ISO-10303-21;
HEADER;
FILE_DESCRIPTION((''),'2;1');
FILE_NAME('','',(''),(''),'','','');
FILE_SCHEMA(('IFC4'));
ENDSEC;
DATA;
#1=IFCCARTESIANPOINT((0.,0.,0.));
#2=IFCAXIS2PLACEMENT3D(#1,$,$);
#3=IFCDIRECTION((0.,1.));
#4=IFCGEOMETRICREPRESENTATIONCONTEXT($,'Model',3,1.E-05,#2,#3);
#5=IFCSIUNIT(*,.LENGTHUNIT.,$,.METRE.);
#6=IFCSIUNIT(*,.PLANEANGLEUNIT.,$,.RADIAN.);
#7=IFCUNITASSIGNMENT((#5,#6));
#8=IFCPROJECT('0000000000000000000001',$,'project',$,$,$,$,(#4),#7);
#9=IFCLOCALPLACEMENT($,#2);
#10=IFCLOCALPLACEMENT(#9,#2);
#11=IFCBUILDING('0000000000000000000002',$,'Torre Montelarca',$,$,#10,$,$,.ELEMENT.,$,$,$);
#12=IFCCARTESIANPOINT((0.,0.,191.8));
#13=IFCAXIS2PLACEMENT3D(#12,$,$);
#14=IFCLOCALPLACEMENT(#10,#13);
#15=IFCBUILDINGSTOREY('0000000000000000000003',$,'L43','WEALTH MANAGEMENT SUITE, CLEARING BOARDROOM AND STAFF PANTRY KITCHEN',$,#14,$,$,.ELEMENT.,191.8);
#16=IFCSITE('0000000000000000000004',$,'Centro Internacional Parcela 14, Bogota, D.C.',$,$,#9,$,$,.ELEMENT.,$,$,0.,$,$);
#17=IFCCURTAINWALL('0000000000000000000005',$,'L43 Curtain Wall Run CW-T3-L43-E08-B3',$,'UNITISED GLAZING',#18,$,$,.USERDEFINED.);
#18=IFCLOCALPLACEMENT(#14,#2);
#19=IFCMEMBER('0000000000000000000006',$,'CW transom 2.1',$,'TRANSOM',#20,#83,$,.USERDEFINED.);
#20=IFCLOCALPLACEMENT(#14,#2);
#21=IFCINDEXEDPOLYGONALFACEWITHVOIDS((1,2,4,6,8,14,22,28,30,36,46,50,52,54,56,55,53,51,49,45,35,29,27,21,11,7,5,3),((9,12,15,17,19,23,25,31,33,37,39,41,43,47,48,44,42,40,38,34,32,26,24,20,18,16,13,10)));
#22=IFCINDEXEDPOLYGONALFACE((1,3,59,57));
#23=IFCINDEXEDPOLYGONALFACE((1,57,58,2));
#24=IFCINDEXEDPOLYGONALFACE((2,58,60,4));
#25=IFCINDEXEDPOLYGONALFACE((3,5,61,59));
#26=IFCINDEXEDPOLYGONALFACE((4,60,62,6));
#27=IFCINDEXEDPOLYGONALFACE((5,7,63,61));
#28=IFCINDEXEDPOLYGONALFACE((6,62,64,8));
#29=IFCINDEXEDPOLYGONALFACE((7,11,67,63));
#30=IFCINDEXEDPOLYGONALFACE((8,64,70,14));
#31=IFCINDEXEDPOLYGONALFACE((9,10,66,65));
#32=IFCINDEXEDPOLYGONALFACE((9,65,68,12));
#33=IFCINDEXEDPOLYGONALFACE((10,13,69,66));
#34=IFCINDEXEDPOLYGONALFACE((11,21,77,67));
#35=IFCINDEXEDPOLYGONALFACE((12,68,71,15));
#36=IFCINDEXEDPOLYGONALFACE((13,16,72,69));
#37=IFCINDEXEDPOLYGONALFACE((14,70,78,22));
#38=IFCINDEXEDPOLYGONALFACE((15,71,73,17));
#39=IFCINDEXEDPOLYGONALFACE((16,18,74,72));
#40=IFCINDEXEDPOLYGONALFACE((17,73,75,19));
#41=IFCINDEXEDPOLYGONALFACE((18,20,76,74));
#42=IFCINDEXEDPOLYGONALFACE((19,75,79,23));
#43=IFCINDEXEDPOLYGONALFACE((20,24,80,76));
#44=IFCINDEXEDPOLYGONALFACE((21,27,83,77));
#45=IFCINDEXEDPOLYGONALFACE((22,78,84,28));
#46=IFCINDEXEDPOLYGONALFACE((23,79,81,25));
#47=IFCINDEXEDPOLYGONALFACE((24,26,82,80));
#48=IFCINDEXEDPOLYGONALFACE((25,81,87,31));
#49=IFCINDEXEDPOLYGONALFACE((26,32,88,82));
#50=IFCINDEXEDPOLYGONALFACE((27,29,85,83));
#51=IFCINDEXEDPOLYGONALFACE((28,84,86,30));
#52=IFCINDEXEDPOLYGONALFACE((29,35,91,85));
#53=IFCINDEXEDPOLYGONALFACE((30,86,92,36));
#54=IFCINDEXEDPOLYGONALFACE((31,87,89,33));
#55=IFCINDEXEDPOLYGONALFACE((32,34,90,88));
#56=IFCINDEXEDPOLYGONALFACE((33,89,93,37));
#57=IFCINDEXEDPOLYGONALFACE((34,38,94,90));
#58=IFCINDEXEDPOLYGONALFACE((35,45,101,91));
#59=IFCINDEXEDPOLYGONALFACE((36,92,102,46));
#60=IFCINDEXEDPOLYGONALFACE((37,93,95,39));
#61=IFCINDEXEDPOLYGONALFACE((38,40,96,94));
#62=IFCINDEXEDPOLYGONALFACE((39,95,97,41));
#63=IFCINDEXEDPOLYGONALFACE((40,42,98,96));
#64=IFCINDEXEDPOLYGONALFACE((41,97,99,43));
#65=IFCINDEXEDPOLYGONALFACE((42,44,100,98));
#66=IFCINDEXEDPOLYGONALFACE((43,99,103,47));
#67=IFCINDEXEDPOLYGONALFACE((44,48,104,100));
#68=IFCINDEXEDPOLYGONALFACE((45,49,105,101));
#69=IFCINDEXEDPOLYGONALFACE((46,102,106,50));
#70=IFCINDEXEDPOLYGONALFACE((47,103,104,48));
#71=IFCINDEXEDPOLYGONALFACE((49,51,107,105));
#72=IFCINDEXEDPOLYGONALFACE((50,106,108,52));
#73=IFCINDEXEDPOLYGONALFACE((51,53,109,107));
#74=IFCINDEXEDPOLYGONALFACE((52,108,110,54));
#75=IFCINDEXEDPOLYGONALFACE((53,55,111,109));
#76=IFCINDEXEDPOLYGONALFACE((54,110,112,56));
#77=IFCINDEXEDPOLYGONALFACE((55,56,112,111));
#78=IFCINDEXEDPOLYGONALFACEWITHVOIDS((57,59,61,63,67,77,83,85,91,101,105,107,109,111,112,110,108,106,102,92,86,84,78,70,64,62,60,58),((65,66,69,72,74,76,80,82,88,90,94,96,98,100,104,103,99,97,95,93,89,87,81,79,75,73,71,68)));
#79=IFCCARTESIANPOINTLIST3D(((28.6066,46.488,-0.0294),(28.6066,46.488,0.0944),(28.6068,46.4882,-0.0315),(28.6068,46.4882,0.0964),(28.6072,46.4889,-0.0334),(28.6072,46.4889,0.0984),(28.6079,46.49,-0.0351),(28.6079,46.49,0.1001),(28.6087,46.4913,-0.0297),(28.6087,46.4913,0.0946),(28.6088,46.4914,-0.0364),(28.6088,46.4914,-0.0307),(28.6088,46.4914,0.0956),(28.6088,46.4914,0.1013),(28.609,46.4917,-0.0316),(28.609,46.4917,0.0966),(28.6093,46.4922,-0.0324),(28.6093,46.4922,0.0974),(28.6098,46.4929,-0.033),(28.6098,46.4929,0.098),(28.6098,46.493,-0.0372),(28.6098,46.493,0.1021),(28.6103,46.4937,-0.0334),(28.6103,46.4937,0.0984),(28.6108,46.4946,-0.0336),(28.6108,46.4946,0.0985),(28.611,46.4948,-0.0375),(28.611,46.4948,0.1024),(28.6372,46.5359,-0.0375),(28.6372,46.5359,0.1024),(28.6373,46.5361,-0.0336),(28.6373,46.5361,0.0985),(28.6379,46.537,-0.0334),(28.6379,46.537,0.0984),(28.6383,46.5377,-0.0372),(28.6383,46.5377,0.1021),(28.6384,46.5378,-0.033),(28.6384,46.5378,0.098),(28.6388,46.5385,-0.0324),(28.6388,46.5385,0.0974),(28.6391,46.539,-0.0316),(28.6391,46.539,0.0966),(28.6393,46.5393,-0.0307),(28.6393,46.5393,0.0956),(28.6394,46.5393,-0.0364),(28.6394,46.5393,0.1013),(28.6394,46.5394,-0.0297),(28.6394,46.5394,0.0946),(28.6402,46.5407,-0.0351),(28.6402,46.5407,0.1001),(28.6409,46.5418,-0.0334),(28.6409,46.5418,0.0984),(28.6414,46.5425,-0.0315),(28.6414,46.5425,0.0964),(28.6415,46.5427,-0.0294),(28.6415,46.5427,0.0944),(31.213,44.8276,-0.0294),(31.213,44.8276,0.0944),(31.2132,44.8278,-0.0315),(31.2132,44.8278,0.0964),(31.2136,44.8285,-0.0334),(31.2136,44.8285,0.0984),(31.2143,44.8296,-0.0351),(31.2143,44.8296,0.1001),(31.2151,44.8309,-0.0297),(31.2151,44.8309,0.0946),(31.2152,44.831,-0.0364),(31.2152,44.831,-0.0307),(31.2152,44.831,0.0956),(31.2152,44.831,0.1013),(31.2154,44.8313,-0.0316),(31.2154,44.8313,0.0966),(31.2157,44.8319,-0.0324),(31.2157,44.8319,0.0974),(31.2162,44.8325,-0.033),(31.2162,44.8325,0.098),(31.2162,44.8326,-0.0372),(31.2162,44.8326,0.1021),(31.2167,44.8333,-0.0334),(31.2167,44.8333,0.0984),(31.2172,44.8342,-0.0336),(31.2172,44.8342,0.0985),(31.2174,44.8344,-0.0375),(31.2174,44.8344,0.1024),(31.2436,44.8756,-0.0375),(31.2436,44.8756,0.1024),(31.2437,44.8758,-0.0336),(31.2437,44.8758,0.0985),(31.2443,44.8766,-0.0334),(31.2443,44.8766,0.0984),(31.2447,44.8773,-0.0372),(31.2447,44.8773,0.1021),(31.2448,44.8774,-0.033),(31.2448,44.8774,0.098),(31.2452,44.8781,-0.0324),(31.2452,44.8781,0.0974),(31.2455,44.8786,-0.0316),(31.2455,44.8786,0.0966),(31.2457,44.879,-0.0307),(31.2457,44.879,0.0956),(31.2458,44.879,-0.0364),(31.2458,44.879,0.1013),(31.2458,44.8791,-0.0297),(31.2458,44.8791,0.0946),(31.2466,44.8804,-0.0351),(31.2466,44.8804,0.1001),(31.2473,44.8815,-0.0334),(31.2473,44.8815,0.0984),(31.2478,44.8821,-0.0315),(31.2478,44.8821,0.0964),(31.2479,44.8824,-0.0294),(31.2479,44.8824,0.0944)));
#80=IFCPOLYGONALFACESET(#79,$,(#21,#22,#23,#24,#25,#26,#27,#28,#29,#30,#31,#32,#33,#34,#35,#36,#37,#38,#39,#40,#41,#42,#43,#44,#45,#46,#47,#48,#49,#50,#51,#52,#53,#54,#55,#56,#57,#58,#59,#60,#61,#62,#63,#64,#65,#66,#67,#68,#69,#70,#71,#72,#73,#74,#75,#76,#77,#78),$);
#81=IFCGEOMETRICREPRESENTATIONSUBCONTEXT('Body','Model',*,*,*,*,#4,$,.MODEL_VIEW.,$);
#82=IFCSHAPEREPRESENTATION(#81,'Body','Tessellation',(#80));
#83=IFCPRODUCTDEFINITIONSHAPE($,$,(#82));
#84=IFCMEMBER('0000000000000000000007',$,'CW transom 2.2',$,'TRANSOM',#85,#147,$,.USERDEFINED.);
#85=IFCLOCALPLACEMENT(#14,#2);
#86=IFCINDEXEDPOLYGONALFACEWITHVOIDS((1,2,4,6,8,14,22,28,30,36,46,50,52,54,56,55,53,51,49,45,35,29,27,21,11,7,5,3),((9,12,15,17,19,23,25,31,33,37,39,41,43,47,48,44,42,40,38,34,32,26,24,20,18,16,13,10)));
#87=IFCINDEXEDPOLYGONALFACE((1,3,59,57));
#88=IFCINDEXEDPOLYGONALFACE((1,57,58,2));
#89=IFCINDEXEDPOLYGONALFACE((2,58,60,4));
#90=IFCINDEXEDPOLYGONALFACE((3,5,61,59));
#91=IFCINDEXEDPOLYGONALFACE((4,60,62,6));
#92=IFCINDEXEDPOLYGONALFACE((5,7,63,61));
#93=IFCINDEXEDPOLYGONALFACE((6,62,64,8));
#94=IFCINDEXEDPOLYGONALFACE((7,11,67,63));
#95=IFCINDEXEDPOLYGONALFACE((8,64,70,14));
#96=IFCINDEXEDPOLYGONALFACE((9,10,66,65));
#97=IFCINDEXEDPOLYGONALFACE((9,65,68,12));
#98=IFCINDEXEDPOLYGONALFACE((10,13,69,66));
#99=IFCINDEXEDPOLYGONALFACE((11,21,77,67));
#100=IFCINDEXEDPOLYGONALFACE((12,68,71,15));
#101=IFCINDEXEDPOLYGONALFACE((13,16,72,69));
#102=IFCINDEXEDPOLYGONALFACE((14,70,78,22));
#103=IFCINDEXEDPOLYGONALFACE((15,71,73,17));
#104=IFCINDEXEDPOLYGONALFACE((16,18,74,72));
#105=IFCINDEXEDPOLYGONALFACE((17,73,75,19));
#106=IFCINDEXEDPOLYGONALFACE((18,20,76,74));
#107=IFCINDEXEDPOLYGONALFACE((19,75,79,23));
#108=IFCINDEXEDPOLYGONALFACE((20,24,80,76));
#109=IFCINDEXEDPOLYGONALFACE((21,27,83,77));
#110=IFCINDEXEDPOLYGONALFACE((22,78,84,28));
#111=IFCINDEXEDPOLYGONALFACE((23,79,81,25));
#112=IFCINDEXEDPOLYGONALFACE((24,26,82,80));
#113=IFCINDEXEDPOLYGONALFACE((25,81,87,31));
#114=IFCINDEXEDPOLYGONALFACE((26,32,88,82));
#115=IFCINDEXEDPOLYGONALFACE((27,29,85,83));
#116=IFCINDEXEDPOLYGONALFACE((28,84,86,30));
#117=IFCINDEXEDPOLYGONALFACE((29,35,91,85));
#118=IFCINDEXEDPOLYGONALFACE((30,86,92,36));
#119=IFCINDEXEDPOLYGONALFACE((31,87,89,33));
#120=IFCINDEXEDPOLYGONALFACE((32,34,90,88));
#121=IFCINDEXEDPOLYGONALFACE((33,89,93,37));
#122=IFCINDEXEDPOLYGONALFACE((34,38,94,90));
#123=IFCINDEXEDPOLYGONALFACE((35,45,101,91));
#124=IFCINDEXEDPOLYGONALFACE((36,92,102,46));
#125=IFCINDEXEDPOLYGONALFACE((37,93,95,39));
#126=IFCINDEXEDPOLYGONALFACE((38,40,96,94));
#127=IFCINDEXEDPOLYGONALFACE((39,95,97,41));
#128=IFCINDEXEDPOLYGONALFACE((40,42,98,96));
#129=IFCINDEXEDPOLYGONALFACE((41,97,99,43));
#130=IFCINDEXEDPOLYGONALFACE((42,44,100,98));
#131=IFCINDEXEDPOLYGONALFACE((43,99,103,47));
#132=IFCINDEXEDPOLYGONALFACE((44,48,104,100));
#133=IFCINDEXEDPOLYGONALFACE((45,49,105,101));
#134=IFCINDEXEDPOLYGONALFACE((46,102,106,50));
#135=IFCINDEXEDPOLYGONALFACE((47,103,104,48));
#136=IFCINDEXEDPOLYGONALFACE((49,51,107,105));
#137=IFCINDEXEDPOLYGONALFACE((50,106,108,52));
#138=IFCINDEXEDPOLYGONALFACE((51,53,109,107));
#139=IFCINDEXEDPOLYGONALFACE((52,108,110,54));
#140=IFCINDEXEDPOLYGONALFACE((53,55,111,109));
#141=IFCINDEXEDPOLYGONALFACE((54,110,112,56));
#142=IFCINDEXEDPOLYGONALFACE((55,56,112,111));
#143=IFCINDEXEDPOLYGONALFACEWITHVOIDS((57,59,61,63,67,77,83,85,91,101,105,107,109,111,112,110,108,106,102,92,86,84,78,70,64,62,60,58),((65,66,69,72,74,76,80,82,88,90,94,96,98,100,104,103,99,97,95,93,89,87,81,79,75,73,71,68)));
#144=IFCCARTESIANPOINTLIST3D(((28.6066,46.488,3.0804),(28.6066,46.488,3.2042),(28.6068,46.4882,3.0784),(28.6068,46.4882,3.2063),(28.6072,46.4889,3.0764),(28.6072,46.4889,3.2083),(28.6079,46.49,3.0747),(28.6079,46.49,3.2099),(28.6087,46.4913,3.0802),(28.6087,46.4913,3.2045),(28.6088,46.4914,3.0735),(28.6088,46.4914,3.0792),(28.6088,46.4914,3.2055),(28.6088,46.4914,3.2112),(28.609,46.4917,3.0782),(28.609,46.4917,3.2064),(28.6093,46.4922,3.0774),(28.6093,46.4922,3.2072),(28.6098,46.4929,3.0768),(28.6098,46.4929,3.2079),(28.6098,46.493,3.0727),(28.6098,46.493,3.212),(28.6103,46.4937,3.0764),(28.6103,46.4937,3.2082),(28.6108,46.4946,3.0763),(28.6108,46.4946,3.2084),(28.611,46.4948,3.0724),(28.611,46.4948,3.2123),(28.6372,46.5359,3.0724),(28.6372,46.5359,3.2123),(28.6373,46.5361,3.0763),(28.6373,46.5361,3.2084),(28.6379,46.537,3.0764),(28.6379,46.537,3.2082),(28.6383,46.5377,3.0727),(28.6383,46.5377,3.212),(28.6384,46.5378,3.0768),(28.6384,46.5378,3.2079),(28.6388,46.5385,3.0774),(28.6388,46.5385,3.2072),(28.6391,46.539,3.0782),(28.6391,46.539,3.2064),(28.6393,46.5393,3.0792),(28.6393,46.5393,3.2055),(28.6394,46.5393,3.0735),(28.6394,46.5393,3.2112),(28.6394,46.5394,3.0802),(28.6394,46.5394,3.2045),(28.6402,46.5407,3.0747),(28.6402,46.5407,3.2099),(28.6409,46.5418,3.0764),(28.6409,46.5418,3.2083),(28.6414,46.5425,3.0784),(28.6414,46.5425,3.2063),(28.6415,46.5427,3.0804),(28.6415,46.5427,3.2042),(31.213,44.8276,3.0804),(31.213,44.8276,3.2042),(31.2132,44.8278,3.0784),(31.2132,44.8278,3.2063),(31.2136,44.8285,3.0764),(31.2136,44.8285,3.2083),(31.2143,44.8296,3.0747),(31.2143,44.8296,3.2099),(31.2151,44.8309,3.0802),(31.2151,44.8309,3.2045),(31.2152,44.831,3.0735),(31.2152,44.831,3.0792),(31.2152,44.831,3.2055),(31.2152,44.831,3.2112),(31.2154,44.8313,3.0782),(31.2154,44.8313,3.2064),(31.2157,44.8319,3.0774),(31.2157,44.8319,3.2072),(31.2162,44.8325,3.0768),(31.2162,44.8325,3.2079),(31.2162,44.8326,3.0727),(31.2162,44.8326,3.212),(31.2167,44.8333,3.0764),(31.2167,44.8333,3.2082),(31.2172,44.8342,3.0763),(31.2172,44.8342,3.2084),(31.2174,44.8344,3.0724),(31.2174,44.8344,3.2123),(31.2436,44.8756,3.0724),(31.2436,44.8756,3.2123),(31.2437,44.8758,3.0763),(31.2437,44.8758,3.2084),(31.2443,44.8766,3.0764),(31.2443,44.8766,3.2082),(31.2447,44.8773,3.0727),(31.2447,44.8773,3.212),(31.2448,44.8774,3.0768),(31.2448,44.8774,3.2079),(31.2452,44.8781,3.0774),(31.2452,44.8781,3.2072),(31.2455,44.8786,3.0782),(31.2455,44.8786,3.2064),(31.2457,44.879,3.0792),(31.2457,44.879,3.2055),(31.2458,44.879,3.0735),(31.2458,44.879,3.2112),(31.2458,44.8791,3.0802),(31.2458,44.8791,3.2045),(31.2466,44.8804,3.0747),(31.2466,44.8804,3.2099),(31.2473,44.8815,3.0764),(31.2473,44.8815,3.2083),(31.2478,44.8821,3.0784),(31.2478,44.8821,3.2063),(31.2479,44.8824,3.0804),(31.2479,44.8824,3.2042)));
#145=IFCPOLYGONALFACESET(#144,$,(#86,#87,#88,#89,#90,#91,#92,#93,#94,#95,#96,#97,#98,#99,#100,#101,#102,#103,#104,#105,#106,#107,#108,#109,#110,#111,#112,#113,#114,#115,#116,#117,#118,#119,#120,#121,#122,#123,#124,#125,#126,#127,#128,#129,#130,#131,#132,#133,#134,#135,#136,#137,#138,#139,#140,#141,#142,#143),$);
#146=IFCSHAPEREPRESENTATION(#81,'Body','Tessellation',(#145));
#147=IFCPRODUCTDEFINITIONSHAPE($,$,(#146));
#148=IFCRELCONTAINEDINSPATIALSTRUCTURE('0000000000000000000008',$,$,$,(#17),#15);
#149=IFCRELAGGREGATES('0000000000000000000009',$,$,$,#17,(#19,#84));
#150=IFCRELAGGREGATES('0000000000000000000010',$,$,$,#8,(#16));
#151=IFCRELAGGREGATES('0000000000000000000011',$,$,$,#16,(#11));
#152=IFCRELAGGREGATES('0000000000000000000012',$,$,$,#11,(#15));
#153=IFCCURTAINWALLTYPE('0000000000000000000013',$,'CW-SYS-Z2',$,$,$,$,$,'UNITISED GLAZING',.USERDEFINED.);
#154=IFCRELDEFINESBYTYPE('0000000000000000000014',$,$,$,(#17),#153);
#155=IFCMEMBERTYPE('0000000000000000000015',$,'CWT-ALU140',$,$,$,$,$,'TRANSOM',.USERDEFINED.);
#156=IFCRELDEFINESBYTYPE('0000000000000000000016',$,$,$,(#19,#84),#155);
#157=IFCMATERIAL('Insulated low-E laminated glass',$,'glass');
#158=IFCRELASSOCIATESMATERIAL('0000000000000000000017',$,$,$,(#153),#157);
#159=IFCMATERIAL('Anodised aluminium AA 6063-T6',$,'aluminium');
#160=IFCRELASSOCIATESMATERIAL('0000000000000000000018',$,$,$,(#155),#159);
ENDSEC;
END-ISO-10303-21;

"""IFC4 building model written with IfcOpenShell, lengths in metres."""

from ifc_helpers import new_model, si_unit, direction, frame, origin, origin_2d, place, context, subcontext, project, spatial, hollow_rectangle, extrude, source, transform, mapped, material, material_profile, profile_set, type_object, element, aggregate, save


model = new_model("IFC4")

# Units and contexts
model_context = context("Model", 3, precision=1e-05, world=origin(), true_north=direction((0.0, 1.0)))
body_context = subcontext(model_context, "Body", "Model", "MODEL_VIEW")
ifc_project = project(units=[si_unit("LENGTHUNIT", "METRE"), si_unit("PLANEANGLEUNIT", "RADIAN")], contexts=[model_context])

# Site, building, storey
site_placement = place(None, origin())
site = spatial("IfcSite", under=ifc_project, at=site_placement, Name="Centro Internacional Parcela 14, Bogota, D.C.", CompositionType="ELEMENT", RefElevation=0.0)
building_placement = place(site_placement, origin())
building = spatial("IfcBuilding", under=site, at=building_placement, Name="Torre Montelarca", CompositionType="ELEMENT")
storey_placement = place(building_placement, frame((0.0, 0.0, 191.8)))
storey = spatial("IfcBuildingStorey", under=building, at=storey_placement, Name="L43", Description="WEALTH MANAGEMENT SUITE, CLEARING BOARDROOM AND STAFF PANTRY KITCHEN", CompositionType="ELEMENT", Elevation=191.8)

# Curtain wall
ifc_material_1 = material(Name="Insulated low-E laminated glass", Category="glass")
curtain_wall_type = type_object("IfcCurtainWallType", Name="CW-SYS-Z2", ElementType="UNITISED GLAZING", PredefinedType="USERDEFINED", material=ifc_material_1)
curtain_wall_1_placement = place(storey_placement, origin())
curtain_wall_1 = element("IfcCurtainWall", 1, at=curtain_wall_1_placement, inside=storey, type_object=curtain_wall_type, Name="L43 Curtain Wall Run CW-T3-L43-E08-B3", ObjectType="UNITISED GLAZING", PredefinedType="USERDEFINED")
ifc_material_2 = material(Name="Anodised aluminium AA 6063-T6", Category="aluminium")

# Members
ifc_material_profile_1 = material_profile(ifc_material_2, hollow_rectangle(XDim=0.0649, YDim=0.1399, WallThickness=0.0039, InnerFilletRadius=0.0039, OuterFilletRadius=0.0081, at=origin_2d()), Name="ALU65X140X4", Category="aluminium")
ifc_profile_set_1 = profile_set([ifc_material_profile_1], Name="Anodised aluminium AA 6063-T6")
member_type_1 = type_object("IfcMemberType", Name="CWT-ALU140", ElementType="TRANSOM", PredefinedType="USERDEFINED", material=ifc_profile_set_1)
shared_shape_1 = source(origin(), body_context, "Body", "SweptSolid", [
    extrude(hollow_rectangle(XDim=0.0649, YDim=0.1399, WallThickness=0.0039, InnerFilletRadius=0.0039, OuterFilletRadius=0.0081, at=origin_2d()), origin(), (0.0, 0.0, 1.0), 3.0903),
])
member_1_placement = place(storey_placement, frame((31.2305, 44.855, 0.0325), z_axis=(-0.843404, 0.537279, 0.0), x_axis=(-0.537279, -0.843404, 0.0)))
member_1 = element("IfcMember", 2, at=member_1_placement, type_object=member_type_1, Name="CW transom 2.1", ObjectType="TRANSOM", PredefinedType="USERDEFINED", context=body_context, shape_type="MappedRepresentation", body=[
    mapped(shared_shape_1, transform((0.0, 0.0, 0.0), scale=1.0)),
])
member_2_placement = place(storey_placement, frame((31.2305, 44.855, 3.1423), z_axis=(-0.843404, 0.537279, 0.0), x_axis=(-0.537279, -0.843404, 0.0)))
member_2 = element("IfcMember", 3, at=member_2_placement, type_object=member_type_1, Name="CW transom 2.2", ObjectType="TRANSOM", PredefinedType="USERDEFINED", context=body_context, shape_type="MappedRepresentation", body=[
    mapped(shared_shape_1, transform((0.0, 0.0, 0.0), scale=1.0)),
])

aggregate(curtain_wall_1, [member_1, member_2])

save(model, "model.ifc")
